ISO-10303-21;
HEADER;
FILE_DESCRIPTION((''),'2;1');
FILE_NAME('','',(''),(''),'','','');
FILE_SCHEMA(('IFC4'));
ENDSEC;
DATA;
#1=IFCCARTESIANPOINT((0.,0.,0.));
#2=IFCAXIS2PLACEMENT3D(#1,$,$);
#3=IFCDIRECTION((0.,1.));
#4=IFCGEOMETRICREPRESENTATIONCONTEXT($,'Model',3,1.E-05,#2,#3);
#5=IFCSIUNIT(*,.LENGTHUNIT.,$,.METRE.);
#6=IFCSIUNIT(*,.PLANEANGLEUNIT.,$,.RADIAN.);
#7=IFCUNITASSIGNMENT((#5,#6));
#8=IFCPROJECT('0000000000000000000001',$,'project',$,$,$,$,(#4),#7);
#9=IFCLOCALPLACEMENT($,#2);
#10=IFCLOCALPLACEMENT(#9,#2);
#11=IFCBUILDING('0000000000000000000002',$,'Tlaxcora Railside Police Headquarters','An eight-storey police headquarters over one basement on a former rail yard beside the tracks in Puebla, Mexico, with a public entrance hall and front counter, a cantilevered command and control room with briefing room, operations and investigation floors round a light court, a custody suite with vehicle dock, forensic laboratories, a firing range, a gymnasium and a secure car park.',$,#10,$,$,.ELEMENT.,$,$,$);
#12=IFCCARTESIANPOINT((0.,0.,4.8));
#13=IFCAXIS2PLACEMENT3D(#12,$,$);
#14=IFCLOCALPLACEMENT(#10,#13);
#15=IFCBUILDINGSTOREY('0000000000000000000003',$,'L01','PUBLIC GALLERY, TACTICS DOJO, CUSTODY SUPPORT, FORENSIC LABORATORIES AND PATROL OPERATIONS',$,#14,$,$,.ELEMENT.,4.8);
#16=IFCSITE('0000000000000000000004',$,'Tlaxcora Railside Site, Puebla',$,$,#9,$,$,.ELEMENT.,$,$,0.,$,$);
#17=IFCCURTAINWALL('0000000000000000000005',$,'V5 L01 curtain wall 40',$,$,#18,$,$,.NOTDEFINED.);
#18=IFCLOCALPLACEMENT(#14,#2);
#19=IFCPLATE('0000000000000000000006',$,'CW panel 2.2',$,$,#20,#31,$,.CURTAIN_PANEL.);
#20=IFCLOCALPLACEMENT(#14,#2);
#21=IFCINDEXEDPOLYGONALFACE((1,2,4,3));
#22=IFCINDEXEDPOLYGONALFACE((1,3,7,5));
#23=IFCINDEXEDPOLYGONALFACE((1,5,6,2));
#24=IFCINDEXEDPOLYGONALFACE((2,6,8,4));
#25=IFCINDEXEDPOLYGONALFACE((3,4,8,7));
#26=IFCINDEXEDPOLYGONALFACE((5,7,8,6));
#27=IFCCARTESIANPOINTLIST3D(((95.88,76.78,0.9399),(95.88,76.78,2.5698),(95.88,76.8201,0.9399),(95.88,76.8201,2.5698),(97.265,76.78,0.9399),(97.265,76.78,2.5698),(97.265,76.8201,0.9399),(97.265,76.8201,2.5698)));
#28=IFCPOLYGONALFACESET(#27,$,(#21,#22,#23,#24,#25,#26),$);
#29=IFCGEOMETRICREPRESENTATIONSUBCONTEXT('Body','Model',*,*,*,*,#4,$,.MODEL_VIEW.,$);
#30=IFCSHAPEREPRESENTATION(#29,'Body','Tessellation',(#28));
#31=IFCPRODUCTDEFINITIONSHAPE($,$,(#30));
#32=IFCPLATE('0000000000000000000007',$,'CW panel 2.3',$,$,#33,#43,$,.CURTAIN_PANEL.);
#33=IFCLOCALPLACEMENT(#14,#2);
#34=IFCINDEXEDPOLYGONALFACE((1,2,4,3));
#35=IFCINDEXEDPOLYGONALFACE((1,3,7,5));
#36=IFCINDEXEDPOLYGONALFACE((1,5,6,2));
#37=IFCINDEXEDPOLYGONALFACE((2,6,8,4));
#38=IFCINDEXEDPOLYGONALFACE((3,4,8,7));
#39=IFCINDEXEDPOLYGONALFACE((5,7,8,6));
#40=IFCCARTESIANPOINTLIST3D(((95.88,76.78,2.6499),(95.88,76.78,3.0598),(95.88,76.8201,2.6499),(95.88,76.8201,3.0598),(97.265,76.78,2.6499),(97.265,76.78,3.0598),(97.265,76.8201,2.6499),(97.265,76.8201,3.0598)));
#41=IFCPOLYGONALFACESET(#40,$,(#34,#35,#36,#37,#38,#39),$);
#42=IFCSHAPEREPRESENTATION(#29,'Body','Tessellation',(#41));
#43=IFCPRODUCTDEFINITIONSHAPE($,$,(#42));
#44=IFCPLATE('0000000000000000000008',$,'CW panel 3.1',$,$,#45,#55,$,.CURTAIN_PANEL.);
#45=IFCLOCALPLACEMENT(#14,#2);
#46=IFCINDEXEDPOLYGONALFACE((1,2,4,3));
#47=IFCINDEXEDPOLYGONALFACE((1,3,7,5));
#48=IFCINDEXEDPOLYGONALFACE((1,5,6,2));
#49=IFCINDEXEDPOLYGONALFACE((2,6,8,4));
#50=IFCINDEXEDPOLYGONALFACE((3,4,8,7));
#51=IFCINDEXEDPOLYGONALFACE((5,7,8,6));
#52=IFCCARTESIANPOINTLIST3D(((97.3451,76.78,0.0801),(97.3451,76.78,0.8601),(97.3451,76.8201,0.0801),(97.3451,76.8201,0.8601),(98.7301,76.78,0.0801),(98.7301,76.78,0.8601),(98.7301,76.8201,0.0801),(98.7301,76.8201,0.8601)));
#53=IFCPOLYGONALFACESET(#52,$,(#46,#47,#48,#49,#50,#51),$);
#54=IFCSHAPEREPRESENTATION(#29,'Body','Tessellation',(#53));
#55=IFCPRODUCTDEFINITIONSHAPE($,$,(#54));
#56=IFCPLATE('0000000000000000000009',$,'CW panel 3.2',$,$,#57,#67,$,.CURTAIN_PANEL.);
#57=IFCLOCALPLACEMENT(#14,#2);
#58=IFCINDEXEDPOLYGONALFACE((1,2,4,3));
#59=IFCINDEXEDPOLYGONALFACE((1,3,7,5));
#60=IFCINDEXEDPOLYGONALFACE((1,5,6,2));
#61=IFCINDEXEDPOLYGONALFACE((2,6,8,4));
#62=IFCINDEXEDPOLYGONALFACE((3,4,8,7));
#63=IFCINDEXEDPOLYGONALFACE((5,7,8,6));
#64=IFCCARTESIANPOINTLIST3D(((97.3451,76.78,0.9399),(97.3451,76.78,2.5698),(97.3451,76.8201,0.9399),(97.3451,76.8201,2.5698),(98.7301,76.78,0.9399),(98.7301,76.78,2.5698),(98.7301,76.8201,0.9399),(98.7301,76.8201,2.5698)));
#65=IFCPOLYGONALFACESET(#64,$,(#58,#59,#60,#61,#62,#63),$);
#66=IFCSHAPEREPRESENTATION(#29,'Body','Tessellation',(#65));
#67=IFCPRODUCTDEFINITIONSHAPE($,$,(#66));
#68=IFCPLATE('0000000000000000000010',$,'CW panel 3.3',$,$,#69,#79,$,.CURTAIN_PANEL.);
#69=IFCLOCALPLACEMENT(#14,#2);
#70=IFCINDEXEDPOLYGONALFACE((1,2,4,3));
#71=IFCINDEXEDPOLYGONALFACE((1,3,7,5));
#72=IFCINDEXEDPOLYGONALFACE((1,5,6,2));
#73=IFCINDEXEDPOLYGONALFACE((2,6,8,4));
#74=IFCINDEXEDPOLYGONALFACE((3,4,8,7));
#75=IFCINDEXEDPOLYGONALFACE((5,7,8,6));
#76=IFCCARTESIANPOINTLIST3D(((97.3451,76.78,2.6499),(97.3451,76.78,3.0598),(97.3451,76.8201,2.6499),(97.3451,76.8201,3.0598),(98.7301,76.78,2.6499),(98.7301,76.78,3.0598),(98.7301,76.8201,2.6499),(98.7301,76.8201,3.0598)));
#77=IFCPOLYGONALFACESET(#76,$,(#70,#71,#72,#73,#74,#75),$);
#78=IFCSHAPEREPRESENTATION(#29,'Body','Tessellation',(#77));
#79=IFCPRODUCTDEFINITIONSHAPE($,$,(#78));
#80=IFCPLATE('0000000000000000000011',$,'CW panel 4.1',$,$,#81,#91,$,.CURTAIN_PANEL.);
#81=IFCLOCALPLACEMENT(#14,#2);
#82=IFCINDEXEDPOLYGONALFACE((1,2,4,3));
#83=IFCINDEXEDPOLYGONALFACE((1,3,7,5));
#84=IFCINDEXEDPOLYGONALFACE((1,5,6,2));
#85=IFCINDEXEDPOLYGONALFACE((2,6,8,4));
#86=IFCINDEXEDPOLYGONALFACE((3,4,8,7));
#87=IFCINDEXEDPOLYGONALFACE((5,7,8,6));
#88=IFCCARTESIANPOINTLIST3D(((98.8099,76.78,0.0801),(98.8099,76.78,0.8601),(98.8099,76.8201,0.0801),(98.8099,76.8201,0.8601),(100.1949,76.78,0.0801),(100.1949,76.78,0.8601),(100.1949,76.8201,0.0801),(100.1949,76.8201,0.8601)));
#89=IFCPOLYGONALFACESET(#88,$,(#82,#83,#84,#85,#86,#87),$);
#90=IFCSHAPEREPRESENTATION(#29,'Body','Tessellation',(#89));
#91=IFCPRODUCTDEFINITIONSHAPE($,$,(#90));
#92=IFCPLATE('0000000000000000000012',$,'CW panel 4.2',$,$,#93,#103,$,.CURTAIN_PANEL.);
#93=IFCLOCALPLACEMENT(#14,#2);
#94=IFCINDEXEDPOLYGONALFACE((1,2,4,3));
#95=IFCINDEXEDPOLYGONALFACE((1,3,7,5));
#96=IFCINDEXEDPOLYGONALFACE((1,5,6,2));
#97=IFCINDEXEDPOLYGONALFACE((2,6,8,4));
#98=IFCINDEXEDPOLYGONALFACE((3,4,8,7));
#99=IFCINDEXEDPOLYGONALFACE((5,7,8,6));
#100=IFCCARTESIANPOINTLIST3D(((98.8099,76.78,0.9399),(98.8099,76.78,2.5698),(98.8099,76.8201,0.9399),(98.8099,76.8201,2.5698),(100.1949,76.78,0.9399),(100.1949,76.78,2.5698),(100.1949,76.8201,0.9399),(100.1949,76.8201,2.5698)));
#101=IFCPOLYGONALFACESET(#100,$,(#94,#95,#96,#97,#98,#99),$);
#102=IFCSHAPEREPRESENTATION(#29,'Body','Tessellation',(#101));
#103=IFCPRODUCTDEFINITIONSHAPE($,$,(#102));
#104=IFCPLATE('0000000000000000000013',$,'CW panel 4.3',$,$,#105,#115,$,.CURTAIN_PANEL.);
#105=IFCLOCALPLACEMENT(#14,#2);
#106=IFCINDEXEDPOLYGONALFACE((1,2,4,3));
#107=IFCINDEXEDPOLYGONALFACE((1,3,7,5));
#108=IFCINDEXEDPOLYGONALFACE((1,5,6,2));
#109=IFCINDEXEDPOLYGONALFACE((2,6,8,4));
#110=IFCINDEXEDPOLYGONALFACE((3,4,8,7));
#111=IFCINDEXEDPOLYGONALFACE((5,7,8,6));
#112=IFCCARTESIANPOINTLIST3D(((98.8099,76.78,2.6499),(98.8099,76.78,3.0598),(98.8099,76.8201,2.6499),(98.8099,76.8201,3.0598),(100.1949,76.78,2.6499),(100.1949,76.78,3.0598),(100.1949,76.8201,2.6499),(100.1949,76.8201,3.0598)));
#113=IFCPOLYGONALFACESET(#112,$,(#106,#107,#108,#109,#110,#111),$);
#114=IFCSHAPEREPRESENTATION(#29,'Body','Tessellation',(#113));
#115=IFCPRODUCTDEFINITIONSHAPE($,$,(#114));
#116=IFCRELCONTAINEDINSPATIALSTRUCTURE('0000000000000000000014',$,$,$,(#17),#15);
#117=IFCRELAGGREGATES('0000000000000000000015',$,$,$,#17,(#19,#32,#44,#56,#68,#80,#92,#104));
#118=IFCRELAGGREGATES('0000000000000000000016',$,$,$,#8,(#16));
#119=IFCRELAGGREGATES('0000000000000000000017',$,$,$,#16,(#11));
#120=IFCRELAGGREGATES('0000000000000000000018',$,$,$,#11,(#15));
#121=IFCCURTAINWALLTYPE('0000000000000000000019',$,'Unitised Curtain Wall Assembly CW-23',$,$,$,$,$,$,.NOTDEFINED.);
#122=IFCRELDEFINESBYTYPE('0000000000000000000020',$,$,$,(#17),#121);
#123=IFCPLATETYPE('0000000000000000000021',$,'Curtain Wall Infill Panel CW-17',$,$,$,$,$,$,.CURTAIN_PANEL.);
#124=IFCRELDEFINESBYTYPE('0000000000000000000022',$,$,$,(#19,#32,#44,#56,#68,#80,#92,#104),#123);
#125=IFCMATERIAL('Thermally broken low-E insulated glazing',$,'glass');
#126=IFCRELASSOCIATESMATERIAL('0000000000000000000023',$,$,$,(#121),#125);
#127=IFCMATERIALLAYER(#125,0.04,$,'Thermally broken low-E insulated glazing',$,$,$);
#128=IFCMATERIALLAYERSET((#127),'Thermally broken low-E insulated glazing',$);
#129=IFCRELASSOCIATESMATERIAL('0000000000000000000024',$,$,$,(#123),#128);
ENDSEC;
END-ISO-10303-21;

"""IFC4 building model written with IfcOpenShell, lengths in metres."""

from ifc_helpers import new_model, si_unit, direction, frame, origin, origin_2d, place, context, subcontext, project, spatial, rectangle, extrude, material, layer, layer_set, type_object, element, aggregate, save


model = new_model("IFC4")

# Units and contexts
model_context = context("Model", 3, precision=1e-05, world=origin(), true_north=direction((0.0, 1.0)))
body_context = subcontext(model_context, "Body", "Model", "MODEL_VIEW")
ifc_project = project(units=[si_unit("LENGTHUNIT", "METRE"), si_unit("PLANEANGLEUNIT", "RADIAN")], contexts=[model_context])

# Site, building, storey
site_placement = place(None, origin())
site = spatial("IfcSite", under=ifc_project, at=site_placement, Name="Tlaxcora Railside Site, Puebla", CompositionType="ELEMENT", RefElevation=0.0)
building_placement = place(site_placement, origin())
building = spatial("IfcBuilding", under=site, at=building_placement, Name="Tlaxcora Railside Police Headquarters", Description="An eight-storey police headquarters over one basement on a former rail yard beside the tracks in Puebla, Mexico, with a public entrance hall and front counter, a cantilevered command and control room with briefing room, operations and investigation floors round a light court, a custody suite with vehicle dock, forensic laboratories, a firing range, a gymnasium and a secure car park.", CompositionType="ELEMENT")
storey_placement = place(building_placement, frame((0.0, 0.0, 4.8)))
storey = spatial("IfcBuildingStorey", under=building, at=storey_placement, Name="L01", Description="PUBLIC GALLERY, TACTICS DOJO, CUSTODY SUPPORT, FORENSIC LABORATORIES AND PATROL OPERATIONS", CompositionType="ELEMENT", Elevation=4.8)

# Curtain wall, plates
ifc_material_1 = material(Name="Thermally broken low-E insulated glazing", Category="glass")
curtain_wall_type = type_object("IfcCurtainWallType", Name="Unitised Curtain Wall Assembly CW-23", PredefinedType="NOTDEFINED", material=ifc_material_1)
curtain_wall_placement = place(storey_placement, origin())
curtain_wall = element("IfcCurtainWall", 1, at=curtain_wall_placement, inside=storey, type_object=curtain_wall_type, Name="V5 L01 curtain wall 40", PredefinedType="NOTDEFINED")
ifc_layer = layer(ifc_material_1, 0.04, Name="Thermally broken low-E insulated glazing")
ifc_layer_set = layer_set([ifc_layer], Name="Thermally broken low-E insulated glazing")
plate_type = type_object("IfcPlateType", Name="Curtain Wall Infill Panel CW-17", PredefinedType="CURTAIN_PANEL", material=ifc_layer_set)
plate_1_placement = place(storey_placement, frame((96.5725, 76.8, 0.9399), z_axis=(0.0, 0.0, 1.0), x_axis=(1.0, 0.0, 0.0)))
plate_1 = element("IfcPlate", 2, at=plate_1_placement, type_object=plate_type, Name="CW panel 2.2", PredefinedType="CURTAIN_PANEL", context=body_context, shape_type="SweptSolid", body=[
    extrude(rectangle(XDim=1.385, YDim=0.04, at=origin_2d()), origin(), (0.0, 0.0, 1.0), 1.6299),
])
plate_2_placement = place(storey_placement, frame((96.5725, 76.8, 2.6499), z_axis=(0.0, 0.0, 1.0), x_axis=(1.0, 0.0, 0.0)))
plate_2 = element("IfcPlate", 3, at=plate_2_placement, type_object=plate_type, Name="CW panel 2.3", PredefinedType="CURTAIN_PANEL", context=body_context, shape_type="SweptSolid", body=[
    extrude(rectangle(XDim=1.385, YDim=0.04, at=origin_2d()), origin(), (0.0, 0.0, 1.0), 0.4099),
])
plate_3_placement = place(storey_placement, frame((98.0376, 76.8, 0.0801), z_axis=(0.0, 0.0, 1.0), x_axis=(1.0, 0.0, 0.0)))
plate_3 = element("IfcPlate", 4, at=plate_3_placement, type_object=plate_type, Name="CW panel 3.1", PredefinedType="CURTAIN_PANEL", context=body_context, shape_type="SweptSolid", body=[
    extrude(rectangle(XDim=1.385, YDim=0.04, at=origin_2d()), origin(), (0.0, 0.0, 1.0), 0.78),
])
plate_4_placement = place(storey_placement, frame((98.0376, 76.8, 0.9399), z_axis=(0.0, 0.0, 1.0), x_axis=(1.0, 0.0, 0.0)))
plate_4 = element("IfcPlate", 5, at=plate_4_placement, type_object=plate_type, Name="CW panel 3.2", PredefinedType="CURTAIN_PANEL", context=body_context, shape_type="SweptSolid", body=[
    extrude(rectangle(XDim=1.385, YDim=0.04, at=origin_2d()), origin(), (0.0, 0.0, 1.0), 1.6299),
])
plate_5_placement = place(storey_placement, frame((98.0376, 76.8, 2.6499), z_axis=(0.0, 0.0, 1.0), x_axis=(1.0, 0.0, 0.0)))
plate_5 = element("IfcPlate", 6, at=plate_5_placement, type_object=plate_type, Name="CW panel 3.3", PredefinedType="CURTAIN_PANEL", context=body_context, shape_type="SweptSolid", body=[
    extrude(rectangle(XDim=1.385, YDim=0.04, at=origin_2d()), origin(), (0.0, 0.0, 1.0), 0.4099),
])
plate_6_placement = place(storey_placement, frame((99.5024, 76.8, 0.0801), z_axis=(0.0, 0.0, 1.0), x_axis=(1.0, 0.0, 0.0)))
plate_6 = element("IfcPlate", 7, at=plate_6_placement, type_object=plate_type, Name="CW panel 4.1", PredefinedType="CURTAIN_PANEL", context=body_context, shape_type="SweptSolid", body=[
    extrude(rectangle(XDim=1.385, YDim=0.04, at=origin_2d()), origin(), (0.0, 0.0, 1.0), 0.78),
])
plate_7_placement = place(storey_placement, frame((99.5024, 76.8, 0.9399), z_axis=(0.0, 0.0, 1.0), x_axis=(1.0, 0.0, 0.0)))
plate_7 = element("IfcPlate", 8, at=plate_7_placement, type_object=plate_type, Name="CW panel 4.2", PredefinedType="CURTAIN_PANEL", context=body_context, shape_type="SweptSolid", body=[
    extrude(rectangle(XDim=1.385, YDim=0.04, at=origin_2d()), origin(), (0.0, 0.0, 1.0), 1.6299),
])
plate_8_placement = place(storey_placement, frame((99.5024, 76.8, 2.6499), z_axis=(0.0, 0.0, 1.0), x_axis=(1.0, 0.0, 0.0)))
plate_8 = element("IfcPlate", 9, at=plate_8_placement, type_object=plate_type, Name="CW panel 4.3", PredefinedType="CURTAIN_PANEL", context=body_context, shape_type="SweptSolid", body=[
    extrude(rectangle(XDim=1.385, YDim=0.04, at=origin_2d()), origin(), (0.0, 0.0, 1.0), 0.4099),
])
aggregate(curtain_wall, [plate_1, plate_2, plate_3, plate_4, plate_5, plate_6, plate_7, plate_8])

save(model, "model.ifc")
